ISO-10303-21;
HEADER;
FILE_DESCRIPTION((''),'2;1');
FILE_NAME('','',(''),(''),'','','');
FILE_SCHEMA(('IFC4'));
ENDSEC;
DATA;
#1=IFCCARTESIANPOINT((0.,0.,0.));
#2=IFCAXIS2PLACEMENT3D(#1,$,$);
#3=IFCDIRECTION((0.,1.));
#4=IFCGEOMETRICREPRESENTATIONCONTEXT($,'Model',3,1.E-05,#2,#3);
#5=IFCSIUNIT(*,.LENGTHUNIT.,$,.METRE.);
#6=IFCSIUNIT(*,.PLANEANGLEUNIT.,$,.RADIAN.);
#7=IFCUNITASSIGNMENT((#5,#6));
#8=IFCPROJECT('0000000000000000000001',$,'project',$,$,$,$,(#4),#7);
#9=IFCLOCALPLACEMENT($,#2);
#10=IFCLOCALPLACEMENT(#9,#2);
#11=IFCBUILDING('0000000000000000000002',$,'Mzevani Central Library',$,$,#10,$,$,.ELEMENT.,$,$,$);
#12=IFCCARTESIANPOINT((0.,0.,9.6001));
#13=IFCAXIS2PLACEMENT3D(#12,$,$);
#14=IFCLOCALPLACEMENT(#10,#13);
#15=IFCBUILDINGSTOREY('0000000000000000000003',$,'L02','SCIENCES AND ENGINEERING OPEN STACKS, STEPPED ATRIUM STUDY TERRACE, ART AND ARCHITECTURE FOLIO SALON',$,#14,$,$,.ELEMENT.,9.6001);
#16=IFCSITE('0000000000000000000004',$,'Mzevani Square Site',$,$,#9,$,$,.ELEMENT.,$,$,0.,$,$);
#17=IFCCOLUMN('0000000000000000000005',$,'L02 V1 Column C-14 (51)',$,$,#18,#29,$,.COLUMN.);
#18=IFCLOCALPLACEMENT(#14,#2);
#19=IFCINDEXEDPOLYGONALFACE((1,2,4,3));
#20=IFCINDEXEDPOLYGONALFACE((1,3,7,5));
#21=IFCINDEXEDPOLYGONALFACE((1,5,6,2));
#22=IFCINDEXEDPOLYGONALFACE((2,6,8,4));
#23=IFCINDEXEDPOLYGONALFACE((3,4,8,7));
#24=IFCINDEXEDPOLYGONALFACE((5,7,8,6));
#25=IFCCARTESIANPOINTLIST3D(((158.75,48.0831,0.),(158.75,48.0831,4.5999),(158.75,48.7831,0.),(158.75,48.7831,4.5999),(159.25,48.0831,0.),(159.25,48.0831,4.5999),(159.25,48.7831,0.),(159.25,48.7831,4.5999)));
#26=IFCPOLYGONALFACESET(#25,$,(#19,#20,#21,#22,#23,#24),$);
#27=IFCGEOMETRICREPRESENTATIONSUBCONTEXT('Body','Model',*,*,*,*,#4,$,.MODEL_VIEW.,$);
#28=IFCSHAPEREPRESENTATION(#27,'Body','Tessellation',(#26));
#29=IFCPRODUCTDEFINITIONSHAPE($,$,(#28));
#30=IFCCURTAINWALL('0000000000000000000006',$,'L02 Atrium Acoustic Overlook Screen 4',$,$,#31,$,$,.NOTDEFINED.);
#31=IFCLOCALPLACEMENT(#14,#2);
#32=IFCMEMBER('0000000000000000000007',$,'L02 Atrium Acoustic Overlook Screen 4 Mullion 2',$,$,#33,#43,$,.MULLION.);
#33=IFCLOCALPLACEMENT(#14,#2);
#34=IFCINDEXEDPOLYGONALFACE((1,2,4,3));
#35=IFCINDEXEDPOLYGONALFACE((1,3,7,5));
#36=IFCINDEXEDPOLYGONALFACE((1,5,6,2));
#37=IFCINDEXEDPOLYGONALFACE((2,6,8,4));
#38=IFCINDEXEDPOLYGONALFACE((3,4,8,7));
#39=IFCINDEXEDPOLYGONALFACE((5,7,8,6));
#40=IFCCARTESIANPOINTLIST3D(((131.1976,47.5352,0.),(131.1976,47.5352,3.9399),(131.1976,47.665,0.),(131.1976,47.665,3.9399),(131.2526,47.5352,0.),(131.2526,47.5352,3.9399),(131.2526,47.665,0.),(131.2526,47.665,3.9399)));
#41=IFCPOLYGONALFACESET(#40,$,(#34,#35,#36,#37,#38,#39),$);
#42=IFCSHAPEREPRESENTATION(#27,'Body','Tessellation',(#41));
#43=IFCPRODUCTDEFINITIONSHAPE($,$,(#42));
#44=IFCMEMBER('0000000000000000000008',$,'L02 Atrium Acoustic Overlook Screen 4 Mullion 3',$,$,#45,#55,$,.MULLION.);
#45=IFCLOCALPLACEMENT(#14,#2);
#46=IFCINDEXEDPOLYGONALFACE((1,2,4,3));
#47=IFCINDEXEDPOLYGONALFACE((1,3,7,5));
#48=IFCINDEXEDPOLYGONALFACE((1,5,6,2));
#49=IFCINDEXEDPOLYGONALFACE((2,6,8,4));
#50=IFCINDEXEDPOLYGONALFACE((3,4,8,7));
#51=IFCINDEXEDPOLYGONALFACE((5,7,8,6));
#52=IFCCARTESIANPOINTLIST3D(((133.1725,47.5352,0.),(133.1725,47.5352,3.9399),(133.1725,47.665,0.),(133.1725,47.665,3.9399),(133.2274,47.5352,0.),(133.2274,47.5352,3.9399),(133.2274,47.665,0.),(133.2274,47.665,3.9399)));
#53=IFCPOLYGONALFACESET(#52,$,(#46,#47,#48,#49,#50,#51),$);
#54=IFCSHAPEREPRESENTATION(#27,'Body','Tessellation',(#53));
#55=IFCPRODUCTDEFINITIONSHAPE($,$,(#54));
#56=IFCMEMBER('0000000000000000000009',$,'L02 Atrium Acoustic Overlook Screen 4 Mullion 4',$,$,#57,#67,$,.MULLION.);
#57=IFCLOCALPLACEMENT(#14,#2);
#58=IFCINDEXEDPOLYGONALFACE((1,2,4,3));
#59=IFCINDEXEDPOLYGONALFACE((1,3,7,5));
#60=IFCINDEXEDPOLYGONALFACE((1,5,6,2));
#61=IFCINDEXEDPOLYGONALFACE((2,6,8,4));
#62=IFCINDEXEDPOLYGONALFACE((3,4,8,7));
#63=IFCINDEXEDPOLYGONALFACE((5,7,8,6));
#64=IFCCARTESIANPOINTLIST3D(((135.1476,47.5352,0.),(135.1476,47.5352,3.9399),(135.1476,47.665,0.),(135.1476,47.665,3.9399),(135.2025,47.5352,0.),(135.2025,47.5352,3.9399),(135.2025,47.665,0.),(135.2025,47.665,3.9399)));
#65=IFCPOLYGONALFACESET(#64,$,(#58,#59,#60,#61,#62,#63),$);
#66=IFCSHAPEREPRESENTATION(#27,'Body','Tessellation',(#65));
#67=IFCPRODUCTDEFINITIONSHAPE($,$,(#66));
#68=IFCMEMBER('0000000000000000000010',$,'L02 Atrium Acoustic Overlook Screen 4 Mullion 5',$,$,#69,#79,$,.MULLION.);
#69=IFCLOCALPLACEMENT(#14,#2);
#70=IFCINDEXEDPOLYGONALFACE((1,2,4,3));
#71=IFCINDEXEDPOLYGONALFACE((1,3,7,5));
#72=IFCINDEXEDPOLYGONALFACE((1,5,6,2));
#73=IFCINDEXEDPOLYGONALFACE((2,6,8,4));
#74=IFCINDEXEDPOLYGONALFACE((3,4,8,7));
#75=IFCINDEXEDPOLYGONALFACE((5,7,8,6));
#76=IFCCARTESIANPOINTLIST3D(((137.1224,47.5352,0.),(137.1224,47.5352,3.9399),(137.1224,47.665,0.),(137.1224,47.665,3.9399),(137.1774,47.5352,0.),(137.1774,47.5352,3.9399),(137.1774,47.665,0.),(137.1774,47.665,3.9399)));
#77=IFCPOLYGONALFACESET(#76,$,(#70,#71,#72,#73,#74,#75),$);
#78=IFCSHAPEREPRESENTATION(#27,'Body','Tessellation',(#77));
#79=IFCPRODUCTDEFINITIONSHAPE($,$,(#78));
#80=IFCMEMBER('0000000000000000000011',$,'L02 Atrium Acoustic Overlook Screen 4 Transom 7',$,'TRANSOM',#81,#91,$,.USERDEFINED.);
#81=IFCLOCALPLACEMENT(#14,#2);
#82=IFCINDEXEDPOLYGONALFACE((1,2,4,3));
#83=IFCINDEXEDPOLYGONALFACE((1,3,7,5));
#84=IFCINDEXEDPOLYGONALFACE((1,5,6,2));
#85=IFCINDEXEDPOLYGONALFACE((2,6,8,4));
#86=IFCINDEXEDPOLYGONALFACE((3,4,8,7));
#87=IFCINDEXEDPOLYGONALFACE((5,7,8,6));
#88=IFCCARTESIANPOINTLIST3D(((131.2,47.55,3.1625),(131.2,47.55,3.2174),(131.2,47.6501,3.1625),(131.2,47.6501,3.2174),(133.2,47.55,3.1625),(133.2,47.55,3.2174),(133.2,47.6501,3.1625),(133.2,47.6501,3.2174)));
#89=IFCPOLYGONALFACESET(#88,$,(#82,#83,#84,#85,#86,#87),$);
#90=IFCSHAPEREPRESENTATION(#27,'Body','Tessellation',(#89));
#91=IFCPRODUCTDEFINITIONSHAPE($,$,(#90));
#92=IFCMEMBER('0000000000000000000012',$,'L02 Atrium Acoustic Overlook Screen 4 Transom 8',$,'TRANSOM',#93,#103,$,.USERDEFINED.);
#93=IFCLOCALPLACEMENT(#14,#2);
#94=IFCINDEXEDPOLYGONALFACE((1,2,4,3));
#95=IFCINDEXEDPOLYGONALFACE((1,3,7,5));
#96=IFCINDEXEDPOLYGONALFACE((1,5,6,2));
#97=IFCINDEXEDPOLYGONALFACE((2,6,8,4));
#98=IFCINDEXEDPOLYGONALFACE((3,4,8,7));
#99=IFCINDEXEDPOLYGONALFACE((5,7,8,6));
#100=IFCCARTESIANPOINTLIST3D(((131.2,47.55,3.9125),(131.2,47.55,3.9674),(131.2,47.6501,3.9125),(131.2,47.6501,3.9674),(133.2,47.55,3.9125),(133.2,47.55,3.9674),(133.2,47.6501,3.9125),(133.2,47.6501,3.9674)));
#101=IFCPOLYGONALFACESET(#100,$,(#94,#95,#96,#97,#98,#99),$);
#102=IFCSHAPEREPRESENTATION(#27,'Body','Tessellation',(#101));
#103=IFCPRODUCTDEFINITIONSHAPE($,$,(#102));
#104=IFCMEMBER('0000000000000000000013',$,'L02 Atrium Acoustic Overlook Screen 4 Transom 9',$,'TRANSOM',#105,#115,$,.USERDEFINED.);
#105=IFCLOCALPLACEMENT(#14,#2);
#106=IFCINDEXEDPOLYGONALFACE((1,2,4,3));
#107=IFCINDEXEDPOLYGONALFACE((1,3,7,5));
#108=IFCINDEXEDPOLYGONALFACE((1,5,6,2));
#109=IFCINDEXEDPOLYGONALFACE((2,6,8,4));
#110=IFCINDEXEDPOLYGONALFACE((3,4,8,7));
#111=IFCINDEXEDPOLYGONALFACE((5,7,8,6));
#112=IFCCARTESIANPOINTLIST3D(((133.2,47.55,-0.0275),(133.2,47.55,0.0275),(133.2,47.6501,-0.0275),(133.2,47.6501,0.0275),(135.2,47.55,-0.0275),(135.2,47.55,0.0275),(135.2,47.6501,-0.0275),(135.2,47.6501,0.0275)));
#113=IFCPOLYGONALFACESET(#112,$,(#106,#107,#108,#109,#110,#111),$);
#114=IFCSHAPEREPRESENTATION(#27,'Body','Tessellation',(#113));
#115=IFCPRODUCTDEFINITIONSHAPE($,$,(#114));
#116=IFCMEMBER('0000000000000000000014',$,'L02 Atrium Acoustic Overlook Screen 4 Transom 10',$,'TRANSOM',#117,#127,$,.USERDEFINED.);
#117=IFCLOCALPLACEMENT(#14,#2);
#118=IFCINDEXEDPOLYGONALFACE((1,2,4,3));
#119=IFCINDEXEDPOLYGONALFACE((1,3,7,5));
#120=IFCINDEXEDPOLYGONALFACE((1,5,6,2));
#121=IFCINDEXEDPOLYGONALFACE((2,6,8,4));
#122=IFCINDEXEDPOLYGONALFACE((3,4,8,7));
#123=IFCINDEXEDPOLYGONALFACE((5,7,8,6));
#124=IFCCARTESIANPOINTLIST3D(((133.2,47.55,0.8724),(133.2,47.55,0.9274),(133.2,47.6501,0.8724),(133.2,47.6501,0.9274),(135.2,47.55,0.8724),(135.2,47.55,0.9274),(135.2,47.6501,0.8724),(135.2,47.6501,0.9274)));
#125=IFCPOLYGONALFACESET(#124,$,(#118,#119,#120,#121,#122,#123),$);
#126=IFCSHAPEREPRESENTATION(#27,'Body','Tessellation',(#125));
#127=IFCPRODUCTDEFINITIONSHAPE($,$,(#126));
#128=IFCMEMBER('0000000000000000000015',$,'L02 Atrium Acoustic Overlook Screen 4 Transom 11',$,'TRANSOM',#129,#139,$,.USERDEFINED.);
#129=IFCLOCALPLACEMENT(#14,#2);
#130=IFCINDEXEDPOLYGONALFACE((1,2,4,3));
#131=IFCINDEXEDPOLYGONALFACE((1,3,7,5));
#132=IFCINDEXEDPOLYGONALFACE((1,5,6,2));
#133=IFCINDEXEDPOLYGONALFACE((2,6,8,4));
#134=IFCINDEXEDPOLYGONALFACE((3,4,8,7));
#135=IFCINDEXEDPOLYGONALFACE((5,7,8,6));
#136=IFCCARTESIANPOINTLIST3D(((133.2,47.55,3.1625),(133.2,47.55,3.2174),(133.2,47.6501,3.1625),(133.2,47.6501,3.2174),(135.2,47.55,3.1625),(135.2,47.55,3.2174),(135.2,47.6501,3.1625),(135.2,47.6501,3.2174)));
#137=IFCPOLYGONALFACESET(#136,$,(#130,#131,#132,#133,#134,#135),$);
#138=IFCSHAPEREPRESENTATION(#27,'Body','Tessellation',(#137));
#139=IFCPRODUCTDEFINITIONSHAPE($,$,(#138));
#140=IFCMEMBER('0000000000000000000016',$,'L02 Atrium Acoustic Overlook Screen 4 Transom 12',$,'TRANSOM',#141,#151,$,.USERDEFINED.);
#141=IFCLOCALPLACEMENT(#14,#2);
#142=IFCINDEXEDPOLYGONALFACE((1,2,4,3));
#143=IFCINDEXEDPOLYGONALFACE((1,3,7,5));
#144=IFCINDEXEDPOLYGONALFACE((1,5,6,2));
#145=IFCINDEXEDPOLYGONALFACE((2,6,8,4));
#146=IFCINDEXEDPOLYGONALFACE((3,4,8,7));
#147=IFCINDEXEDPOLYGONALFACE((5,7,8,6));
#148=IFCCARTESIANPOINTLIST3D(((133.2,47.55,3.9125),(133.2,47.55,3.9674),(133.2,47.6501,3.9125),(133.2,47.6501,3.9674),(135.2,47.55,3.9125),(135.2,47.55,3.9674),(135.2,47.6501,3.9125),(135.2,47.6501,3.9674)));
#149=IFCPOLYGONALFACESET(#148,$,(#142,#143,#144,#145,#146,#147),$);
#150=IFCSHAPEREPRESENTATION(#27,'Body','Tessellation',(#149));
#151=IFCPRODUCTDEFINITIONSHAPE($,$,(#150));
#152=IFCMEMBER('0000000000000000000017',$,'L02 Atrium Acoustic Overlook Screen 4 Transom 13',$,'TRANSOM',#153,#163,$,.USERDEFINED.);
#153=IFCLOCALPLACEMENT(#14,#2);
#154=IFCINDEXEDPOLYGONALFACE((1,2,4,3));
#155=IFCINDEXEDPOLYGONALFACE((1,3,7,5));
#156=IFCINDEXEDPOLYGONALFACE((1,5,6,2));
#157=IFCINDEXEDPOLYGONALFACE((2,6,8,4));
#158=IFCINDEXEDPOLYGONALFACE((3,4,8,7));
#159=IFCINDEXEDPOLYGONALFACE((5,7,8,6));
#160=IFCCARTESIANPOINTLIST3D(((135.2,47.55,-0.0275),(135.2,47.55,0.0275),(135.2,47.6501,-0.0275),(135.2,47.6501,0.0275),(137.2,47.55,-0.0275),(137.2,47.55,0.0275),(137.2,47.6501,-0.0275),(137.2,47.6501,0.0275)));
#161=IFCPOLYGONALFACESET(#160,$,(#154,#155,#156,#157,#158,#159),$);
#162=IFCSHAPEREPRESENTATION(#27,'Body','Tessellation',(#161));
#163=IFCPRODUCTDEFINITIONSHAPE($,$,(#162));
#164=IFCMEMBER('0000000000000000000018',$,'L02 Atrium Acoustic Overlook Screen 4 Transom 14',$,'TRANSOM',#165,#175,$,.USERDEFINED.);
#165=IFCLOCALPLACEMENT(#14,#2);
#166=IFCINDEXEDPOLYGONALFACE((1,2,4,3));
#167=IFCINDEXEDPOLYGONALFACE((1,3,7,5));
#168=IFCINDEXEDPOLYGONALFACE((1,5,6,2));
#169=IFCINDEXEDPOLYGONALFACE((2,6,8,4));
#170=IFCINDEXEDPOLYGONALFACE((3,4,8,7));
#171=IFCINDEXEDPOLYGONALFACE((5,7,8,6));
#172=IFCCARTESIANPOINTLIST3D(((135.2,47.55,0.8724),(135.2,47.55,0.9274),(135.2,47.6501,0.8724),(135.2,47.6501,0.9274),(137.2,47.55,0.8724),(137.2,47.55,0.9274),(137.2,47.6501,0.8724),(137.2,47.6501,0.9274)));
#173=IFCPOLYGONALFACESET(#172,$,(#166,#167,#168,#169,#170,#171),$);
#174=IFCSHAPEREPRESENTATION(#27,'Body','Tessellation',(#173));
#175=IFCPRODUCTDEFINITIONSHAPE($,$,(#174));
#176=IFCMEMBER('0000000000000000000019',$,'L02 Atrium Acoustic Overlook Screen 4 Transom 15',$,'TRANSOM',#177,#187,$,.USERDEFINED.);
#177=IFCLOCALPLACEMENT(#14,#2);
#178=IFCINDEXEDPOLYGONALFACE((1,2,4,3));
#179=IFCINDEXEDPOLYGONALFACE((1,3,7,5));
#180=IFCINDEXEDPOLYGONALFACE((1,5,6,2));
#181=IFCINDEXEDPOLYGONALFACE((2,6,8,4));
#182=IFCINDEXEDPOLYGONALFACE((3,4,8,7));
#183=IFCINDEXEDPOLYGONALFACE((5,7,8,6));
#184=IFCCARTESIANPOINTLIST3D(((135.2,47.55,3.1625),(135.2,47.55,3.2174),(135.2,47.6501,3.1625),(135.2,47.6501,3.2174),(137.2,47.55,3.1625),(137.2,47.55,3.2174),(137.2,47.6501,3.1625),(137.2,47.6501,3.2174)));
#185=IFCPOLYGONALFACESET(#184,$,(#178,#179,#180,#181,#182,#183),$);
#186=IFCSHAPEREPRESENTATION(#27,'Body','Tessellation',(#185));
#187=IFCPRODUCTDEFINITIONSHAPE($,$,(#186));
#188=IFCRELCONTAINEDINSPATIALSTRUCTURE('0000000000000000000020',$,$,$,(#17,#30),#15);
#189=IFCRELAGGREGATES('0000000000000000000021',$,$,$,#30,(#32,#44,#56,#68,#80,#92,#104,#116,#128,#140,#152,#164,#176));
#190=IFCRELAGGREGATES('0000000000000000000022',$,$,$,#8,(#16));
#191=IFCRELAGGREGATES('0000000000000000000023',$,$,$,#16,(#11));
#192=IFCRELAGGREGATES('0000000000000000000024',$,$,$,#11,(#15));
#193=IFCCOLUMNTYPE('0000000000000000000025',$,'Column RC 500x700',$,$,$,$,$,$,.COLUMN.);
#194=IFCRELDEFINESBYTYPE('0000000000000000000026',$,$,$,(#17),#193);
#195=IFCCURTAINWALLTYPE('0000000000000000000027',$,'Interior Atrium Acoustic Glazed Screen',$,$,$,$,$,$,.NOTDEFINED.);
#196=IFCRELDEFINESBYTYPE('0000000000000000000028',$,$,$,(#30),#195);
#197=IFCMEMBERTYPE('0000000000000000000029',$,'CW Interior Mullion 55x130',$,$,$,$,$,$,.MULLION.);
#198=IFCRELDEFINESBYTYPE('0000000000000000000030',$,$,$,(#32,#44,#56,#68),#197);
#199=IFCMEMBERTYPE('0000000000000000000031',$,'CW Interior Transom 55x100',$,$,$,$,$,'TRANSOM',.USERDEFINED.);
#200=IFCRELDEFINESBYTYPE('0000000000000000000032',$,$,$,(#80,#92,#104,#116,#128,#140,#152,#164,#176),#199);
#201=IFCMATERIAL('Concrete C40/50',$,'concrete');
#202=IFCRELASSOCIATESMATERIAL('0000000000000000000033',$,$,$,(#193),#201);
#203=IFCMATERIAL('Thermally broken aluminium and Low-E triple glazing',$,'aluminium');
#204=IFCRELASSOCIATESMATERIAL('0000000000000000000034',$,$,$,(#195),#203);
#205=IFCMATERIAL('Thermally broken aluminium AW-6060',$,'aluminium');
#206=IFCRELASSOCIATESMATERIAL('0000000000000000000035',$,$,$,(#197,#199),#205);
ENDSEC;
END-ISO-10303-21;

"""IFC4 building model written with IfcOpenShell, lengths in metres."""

from ifc_helpers import new_model, si_unit, direction, frame, origin, origin_2d, place, context, subcontext, project, spatial, rectangle, extrude, material, material_profile, profile_set, type_object, element, aggregate, save


model = new_model("IFC4")

# Units and contexts
model_context = context("Model", 3, precision=1e-05, world=origin(), true_north=direction((0.0, 1.0)))
body_context = subcontext(model_context, "Body", "Model", "MODEL_VIEW")
ifc_project = project(units=[si_unit("LENGTHUNIT", "METRE"), si_unit("PLANEANGLEUNIT", "RADIAN")], contexts=[model_context])

# Site, building, storey
site_placement = place(None, origin())
site = spatial("IfcSite", under=ifc_project, at=site_placement, Name="Mzevani Square Site", CompositionType="ELEMENT", RefElevation=0.0)
building_placement = place(site_placement, origin())
building = spatial("IfcBuilding", under=site, at=building_placement, Name="Mzevani Central Library", CompositionType="ELEMENT")
storey_placement = place(building_placement, frame((0.0, 0.0, 9.6001)))
storey = spatial("IfcBuildingStorey", under=building, at=storey_placement, Name="L02", Description="SCIENCES AND ENGINEERING OPEN STACKS, STEPPED ATRIUM STUDY TERRACE, ART AND ARCHITECTURE FOLIO SALON", CompositionType="ELEMENT", Elevation=9.6001)

# Column
ifc_material_1 = material(Name="Concrete C40/50", Category="concrete")
ifc_material_profile_1 = material_profile(ifc_material_1, rectangle(XDim=0.5, YDim=0.7, at=origin_2d()), Name="RC 500x700")
ifc_profile_set_1 = profile_set([ifc_material_profile_1], Name="Concrete C40/50")
column_type = type_object("IfcColumnType", Name="Column RC 500x700", PredefinedType="COLUMN", material=ifc_profile_set_1)
column_placement = place(storey_placement, frame((159.0, 48.4331, 0.0), z_axis=(0.0, 0.0, 1.0), x_axis=(1.0, 0.0, 0.0)))
element("IfcColumn", 1, at=column_placement, inside=storey, type_object=column_type, Name="L02 V1 Column C-14 (51)", PredefinedType="COLUMN", context=body_context, shape_type="SweptSolid", body=[
    extrude(rectangle(XDim=0.5, YDim=0.7, at=origin_2d()), origin(), (0.0, 0.0, 1.0), 4.5999),
])

# Curtain wall, members
ifc_material_2 = material(Name="Thermally broken aluminium and Low-E triple glazing", Category="aluminium")
curtain_wall_type = type_object("IfcCurtainWallType", Name="Interior Atrium Acoustic Glazed Screen", PredefinedType="NOTDEFINED", material=ifc_material_2)
curtain_wall_placement = place(storey_placement, origin())
curtain_wall = element("IfcCurtainWall", 2, at=curtain_wall_placement, inside=storey, type_object=curtain_wall_type, Name="L02 Atrium Acoustic Overlook Screen 4", PredefinedType="NOTDEFINED")
ifc_material_3 = material(Name="Thermally broken aluminium AW-6060", Category="aluminium")
ifc_material_profile_2 = material_profile(ifc_material_3, rectangle(XDim=0.0549, YDim=0.1299, at=origin_2d()), Name="ALU M55x130")
ifc_profile_set_2 = profile_set([ifc_material_profile_2], Name="Thermally broken aluminium AW-6060")
member_type_1 = type_object("IfcMemberType", Name="CW Interior Mullion 55x130", PredefinedType="MULLION", material=ifc_profile_set_2)
member_1_placement = place(storey_placement, frame((131.2251, 47.6001, 0.0), z_axis=(0.0, 0.0, 1.0), x_axis=(1.0, 0.0, 0.0)))
member_1 = element("IfcMember", 3, at=member_1_placement, type_object=member_type_1, Name="L02 Atrium Acoustic Overlook Screen 4 Mullion 2", PredefinedType="MULLION", context=body_context, shape_type="SweptSolid", body=[
    extrude(rectangle(XDim=0.0549, YDim=0.1299, at=origin_2d()), origin(), (0.0, 0.0, 1.0), 3.9399),
])
member_2_placement = place(storey_placement, frame((133.2, 47.6001, 0.0), z_axis=(0.0, 0.0, 1.0), x_axis=(1.0, 0.0, 0.0)))
member_2 = element("IfcMember", 4, at=member_2_placement, type_object=member_type_1, Name="L02 Atrium Acoustic Overlook Screen 4 Mullion 3", PredefinedType="MULLION", context=body_context, shape_type="SweptSolid", body=[
    extrude(rectangle(XDim=0.0549, YDim=0.1299, at=origin_2d()), origin(), (0.0, 0.0, 1.0), 3.9399),
])
member_3_placement = place(storey_placement, frame((135.175, 47.6001, 0.0), z_axis=(0.0, 0.0, 1.0), x_axis=(1.0, 0.0, 0.0)))
member_3 = element("IfcMember", 5, at=member_3_placement, type_object=member_type_1, Name="L02 Atrium Acoustic Overlook Screen 4 Mullion 4", PredefinedType="MULLION", context=body_context, shape_type="SweptSolid", body=[
    extrude(rectangle(XDim=0.0549, YDim=0.1299, at=origin_2d()), origin(), (0.0, 0.0, 1.0), 3.9399),
])
member_4_placement = place(storey_placement, frame((137.1499, 47.6001, 0.0), z_axis=(0.0, 0.0, 1.0), x_axis=(1.0, 0.0, 0.0)))
member_4 = element("IfcMember", 6, at=member_4_placement, type_object=member_type_1, Name="L02 Atrium Acoustic Overlook Screen 4 Mullion 5", PredefinedType="MULLION", context=body_context, shape_type="SweptSolid", body=[
    extrude(rectangle(XDim=0.0549, YDim=0.1299, at=origin_2d()), origin(), (0.0, 0.0, 1.0), 3.9399),
])
ifc_material_profile_3 = material_profile(ifc_material_3, rectangle(XDim=0.1001, YDim=0.0549, at=origin_2d()), Name="ALU T55x100")
ifc_profile_set_3 = profile_set([ifc_material_profile_3], Name="Thermally broken aluminium AW-6060")
member_type_2 = type_object("IfcMemberType", Name="CW Interior Transom 55x100", ElementType="TRANSOM", PredefinedType="USERDEFINED", material=ifc_profile_set_3)
member_5_placement = place(storey_placement, frame((131.2, 47.6001, 3.1899), z_axis=(1.0, 0.0, 0.0), x_axis=(0.0, 1.0, 0.0)))
member_5 = element("IfcMember", 7, at=member_5_placement, type_object=member_type_2, Name="L02 Atrium Acoustic Overlook Screen 4 Transom 7", ObjectType="TRANSOM", PredefinedType="USERDEFINED", context=body_context, shape_type="SweptSolid", body=[
    extrude(rectangle(XDim=0.1001, YDim=0.0549, at=origin_2d()), origin(), (0.0, 0.0, 1.0), 2.0),
])
member_6_placement = place(storey_placement, frame((131.2, 47.6001, 3.9399), z_axis=(1.0, 0.0, 0.0), x_axis=(0.0, 1.0, 0.0)))
member_6 = element("IfcMember", 8, at=member_6_placement, type_object=member_type_2, Name="L02 Atrium Acoustic Overlook Screen 4 Transom 8", ObjectType="TRANSOM", PredefinedType="USERDEFINED", context=body_context, shape_type="SweptSolid", body=[
    extrude(rectangle(XDim=0.1001, YDim=0.0549, at=origin_2d()), origin(), (0.0, 0.0, 1.0), 2.0),
])
member_7_placement = place(storey_placement, frame((133.2, 47.6001, 0.0), z_axis=(1.0, 0.0, 0.0), x_axis=(0.0, 1.0, 0.0)))
member_7 = element("IfcMember", 9, at=member_7_placement, type_object=member_type_2, Name="L02 Atrium Acoustic Overlook Screen 4 Transom 9", ObjectType="TRANSOM", PredefinedType="USERDEFINED", context=body_context, shape_type="SweptSolid", body=[
    extrude(rectangle(XDim=0.1001, YDim=0.0549, at=origin_2d()), origin(), (0.0, 0.0, 1.0), 2.0),
])
member_8_placement = place(storey_placement, frame((133.2, 47.6001, 0.8999), z_axis=(1.0, 0.0, 0.0), x_axis=(0.0, 1.0, 0.0)))
member_8 = element("IfcMember", 10, at=member_8_placement, type_object=member_type_2, Name="L02 Atrium Acoustic Overlook Screen 4 Transom 10", ObjectType="TRANSOM", PredefinedType="USERDEFINED", context=body_context, shape_type="SweptSolid", body=[
    extrude(rectangle(XDim=0.1001, YDim=0.0549, at=origin_2d()), origin(), (0.0, 0.0, 1.0), 2.0),
])
member_9_placement = place(storey_placement, frame((133.2, 47.6001, 3.1899), z_axis=(1.0, 0.0, 0.0), x_axis=(0.0, 1.0, 0.0)))
member_9 = element("IfcMember", 11, at=member_9_placement, type_object=member_type_2, Name="L02 Atrium Acoustic Overlook Screen 4 Transom 11", ObjectType="TRANSOM", PredefinedType="USERDEFINED", context=body_context, shape_type="SweptSolid", body=[
    extrude(rectangle(XDim=0.1001, YDim=0.0549, at=origin_2d()), origin(), (0.0, 0.0, 1.0), 2.0),
])
member_10_placement = place(storey_placement, frame((133.2, 47.6001, 3.9399), z_axis=(1.0, 0.0, 0.0), x_axis=(0.0, 1.0, 0.0)))
member_10 = element("IfcMember", 12, at=member_10_placement, type_object=member_type_2, Name="L02 Atrium Acoustic Overlook Screen 4 Transom 12", ObjectType="TRANSOM", PredefinedType="USERDEFINED", context=body_context, shape_type="SweptSolid", body=[
    extrude(rectangle(XDim=0.1001, YDim=0.0549, at=origin_2d()), origin(), (0.0, 0.0, 1.0), 2.0),
])
member_11_placement = place(storey_placement, frame((135.2, 47.6001, 0.0), z_axis=(1.0, 0.0, 0.0), x_axis=(0.0, 1.0, 0.0)))
member_11 = element("IfcMember", 13, at=member_11_placement, type_object=member_type_2, Name="L02 Atrium Acoustic Overlook Screen 4 Transom 13", ObjectType="TRANSOM", PredefinedType="USERDEFINED", context=body_context, shape_type="SweptSolid", body=[
    extrude(rectangle(XDim=0.1001, YDim=0.0549, at=origin_2d()), origin(), (0.0, 0.0, 1.0), 2.0),
])
member_12_placement = place(storey_placement, frame((135.2, 47.6001, 0.8999), z_axis=(1.0, 0.0, 0.0), x_axis=(0.0, 1.0, 0.0)))
member_12 = element("IfcMember", 14, at=member_12_placement, type_object=member_type_2, Name="L02 Atrium Acoustic Overlook Screen 4 Transom 14", ObjectType="TRANSOM", PredefinedType="USERDEFINED", context=body_context, shape_type="SweptSolid", body=[
    extrude(rectangle(XDim=0.1001, YDim=0.0549, at=origin_2d()), origin(), (0.0, 0.0, 1.0), 2.0),
])
member_13_placement = place(storey_placement, frame((135.2, 47.6001, 3.1899), z_axis=(1.0, 0.0, 0.0), x_axis=(0.0, 1.0, 0.0)))
member_13 = element("IfcMember", 15, at=member_13_placement, type_object=member_type_2, Name="L02 Atrium Acoustic Overlook Screen 4 Transom 15", ObjectType="TRANSOM", PredefinedType="USERDEFINED", context=body_context, shape_type="SweptSolid", body=[
    extrude(rectangle(XDim=0.1001, YDim=0.0549, at=origin_2d()), origin(), (0.0, 0.0, 1.0), 2.0),
])
aggregate(curtain_wall, [member_1, member_2, member_3, member_4, member_5, member_6, member_7, member_8, member_9, member_10, member_11, member_12, member_13])

save(model, "model.ifc")
